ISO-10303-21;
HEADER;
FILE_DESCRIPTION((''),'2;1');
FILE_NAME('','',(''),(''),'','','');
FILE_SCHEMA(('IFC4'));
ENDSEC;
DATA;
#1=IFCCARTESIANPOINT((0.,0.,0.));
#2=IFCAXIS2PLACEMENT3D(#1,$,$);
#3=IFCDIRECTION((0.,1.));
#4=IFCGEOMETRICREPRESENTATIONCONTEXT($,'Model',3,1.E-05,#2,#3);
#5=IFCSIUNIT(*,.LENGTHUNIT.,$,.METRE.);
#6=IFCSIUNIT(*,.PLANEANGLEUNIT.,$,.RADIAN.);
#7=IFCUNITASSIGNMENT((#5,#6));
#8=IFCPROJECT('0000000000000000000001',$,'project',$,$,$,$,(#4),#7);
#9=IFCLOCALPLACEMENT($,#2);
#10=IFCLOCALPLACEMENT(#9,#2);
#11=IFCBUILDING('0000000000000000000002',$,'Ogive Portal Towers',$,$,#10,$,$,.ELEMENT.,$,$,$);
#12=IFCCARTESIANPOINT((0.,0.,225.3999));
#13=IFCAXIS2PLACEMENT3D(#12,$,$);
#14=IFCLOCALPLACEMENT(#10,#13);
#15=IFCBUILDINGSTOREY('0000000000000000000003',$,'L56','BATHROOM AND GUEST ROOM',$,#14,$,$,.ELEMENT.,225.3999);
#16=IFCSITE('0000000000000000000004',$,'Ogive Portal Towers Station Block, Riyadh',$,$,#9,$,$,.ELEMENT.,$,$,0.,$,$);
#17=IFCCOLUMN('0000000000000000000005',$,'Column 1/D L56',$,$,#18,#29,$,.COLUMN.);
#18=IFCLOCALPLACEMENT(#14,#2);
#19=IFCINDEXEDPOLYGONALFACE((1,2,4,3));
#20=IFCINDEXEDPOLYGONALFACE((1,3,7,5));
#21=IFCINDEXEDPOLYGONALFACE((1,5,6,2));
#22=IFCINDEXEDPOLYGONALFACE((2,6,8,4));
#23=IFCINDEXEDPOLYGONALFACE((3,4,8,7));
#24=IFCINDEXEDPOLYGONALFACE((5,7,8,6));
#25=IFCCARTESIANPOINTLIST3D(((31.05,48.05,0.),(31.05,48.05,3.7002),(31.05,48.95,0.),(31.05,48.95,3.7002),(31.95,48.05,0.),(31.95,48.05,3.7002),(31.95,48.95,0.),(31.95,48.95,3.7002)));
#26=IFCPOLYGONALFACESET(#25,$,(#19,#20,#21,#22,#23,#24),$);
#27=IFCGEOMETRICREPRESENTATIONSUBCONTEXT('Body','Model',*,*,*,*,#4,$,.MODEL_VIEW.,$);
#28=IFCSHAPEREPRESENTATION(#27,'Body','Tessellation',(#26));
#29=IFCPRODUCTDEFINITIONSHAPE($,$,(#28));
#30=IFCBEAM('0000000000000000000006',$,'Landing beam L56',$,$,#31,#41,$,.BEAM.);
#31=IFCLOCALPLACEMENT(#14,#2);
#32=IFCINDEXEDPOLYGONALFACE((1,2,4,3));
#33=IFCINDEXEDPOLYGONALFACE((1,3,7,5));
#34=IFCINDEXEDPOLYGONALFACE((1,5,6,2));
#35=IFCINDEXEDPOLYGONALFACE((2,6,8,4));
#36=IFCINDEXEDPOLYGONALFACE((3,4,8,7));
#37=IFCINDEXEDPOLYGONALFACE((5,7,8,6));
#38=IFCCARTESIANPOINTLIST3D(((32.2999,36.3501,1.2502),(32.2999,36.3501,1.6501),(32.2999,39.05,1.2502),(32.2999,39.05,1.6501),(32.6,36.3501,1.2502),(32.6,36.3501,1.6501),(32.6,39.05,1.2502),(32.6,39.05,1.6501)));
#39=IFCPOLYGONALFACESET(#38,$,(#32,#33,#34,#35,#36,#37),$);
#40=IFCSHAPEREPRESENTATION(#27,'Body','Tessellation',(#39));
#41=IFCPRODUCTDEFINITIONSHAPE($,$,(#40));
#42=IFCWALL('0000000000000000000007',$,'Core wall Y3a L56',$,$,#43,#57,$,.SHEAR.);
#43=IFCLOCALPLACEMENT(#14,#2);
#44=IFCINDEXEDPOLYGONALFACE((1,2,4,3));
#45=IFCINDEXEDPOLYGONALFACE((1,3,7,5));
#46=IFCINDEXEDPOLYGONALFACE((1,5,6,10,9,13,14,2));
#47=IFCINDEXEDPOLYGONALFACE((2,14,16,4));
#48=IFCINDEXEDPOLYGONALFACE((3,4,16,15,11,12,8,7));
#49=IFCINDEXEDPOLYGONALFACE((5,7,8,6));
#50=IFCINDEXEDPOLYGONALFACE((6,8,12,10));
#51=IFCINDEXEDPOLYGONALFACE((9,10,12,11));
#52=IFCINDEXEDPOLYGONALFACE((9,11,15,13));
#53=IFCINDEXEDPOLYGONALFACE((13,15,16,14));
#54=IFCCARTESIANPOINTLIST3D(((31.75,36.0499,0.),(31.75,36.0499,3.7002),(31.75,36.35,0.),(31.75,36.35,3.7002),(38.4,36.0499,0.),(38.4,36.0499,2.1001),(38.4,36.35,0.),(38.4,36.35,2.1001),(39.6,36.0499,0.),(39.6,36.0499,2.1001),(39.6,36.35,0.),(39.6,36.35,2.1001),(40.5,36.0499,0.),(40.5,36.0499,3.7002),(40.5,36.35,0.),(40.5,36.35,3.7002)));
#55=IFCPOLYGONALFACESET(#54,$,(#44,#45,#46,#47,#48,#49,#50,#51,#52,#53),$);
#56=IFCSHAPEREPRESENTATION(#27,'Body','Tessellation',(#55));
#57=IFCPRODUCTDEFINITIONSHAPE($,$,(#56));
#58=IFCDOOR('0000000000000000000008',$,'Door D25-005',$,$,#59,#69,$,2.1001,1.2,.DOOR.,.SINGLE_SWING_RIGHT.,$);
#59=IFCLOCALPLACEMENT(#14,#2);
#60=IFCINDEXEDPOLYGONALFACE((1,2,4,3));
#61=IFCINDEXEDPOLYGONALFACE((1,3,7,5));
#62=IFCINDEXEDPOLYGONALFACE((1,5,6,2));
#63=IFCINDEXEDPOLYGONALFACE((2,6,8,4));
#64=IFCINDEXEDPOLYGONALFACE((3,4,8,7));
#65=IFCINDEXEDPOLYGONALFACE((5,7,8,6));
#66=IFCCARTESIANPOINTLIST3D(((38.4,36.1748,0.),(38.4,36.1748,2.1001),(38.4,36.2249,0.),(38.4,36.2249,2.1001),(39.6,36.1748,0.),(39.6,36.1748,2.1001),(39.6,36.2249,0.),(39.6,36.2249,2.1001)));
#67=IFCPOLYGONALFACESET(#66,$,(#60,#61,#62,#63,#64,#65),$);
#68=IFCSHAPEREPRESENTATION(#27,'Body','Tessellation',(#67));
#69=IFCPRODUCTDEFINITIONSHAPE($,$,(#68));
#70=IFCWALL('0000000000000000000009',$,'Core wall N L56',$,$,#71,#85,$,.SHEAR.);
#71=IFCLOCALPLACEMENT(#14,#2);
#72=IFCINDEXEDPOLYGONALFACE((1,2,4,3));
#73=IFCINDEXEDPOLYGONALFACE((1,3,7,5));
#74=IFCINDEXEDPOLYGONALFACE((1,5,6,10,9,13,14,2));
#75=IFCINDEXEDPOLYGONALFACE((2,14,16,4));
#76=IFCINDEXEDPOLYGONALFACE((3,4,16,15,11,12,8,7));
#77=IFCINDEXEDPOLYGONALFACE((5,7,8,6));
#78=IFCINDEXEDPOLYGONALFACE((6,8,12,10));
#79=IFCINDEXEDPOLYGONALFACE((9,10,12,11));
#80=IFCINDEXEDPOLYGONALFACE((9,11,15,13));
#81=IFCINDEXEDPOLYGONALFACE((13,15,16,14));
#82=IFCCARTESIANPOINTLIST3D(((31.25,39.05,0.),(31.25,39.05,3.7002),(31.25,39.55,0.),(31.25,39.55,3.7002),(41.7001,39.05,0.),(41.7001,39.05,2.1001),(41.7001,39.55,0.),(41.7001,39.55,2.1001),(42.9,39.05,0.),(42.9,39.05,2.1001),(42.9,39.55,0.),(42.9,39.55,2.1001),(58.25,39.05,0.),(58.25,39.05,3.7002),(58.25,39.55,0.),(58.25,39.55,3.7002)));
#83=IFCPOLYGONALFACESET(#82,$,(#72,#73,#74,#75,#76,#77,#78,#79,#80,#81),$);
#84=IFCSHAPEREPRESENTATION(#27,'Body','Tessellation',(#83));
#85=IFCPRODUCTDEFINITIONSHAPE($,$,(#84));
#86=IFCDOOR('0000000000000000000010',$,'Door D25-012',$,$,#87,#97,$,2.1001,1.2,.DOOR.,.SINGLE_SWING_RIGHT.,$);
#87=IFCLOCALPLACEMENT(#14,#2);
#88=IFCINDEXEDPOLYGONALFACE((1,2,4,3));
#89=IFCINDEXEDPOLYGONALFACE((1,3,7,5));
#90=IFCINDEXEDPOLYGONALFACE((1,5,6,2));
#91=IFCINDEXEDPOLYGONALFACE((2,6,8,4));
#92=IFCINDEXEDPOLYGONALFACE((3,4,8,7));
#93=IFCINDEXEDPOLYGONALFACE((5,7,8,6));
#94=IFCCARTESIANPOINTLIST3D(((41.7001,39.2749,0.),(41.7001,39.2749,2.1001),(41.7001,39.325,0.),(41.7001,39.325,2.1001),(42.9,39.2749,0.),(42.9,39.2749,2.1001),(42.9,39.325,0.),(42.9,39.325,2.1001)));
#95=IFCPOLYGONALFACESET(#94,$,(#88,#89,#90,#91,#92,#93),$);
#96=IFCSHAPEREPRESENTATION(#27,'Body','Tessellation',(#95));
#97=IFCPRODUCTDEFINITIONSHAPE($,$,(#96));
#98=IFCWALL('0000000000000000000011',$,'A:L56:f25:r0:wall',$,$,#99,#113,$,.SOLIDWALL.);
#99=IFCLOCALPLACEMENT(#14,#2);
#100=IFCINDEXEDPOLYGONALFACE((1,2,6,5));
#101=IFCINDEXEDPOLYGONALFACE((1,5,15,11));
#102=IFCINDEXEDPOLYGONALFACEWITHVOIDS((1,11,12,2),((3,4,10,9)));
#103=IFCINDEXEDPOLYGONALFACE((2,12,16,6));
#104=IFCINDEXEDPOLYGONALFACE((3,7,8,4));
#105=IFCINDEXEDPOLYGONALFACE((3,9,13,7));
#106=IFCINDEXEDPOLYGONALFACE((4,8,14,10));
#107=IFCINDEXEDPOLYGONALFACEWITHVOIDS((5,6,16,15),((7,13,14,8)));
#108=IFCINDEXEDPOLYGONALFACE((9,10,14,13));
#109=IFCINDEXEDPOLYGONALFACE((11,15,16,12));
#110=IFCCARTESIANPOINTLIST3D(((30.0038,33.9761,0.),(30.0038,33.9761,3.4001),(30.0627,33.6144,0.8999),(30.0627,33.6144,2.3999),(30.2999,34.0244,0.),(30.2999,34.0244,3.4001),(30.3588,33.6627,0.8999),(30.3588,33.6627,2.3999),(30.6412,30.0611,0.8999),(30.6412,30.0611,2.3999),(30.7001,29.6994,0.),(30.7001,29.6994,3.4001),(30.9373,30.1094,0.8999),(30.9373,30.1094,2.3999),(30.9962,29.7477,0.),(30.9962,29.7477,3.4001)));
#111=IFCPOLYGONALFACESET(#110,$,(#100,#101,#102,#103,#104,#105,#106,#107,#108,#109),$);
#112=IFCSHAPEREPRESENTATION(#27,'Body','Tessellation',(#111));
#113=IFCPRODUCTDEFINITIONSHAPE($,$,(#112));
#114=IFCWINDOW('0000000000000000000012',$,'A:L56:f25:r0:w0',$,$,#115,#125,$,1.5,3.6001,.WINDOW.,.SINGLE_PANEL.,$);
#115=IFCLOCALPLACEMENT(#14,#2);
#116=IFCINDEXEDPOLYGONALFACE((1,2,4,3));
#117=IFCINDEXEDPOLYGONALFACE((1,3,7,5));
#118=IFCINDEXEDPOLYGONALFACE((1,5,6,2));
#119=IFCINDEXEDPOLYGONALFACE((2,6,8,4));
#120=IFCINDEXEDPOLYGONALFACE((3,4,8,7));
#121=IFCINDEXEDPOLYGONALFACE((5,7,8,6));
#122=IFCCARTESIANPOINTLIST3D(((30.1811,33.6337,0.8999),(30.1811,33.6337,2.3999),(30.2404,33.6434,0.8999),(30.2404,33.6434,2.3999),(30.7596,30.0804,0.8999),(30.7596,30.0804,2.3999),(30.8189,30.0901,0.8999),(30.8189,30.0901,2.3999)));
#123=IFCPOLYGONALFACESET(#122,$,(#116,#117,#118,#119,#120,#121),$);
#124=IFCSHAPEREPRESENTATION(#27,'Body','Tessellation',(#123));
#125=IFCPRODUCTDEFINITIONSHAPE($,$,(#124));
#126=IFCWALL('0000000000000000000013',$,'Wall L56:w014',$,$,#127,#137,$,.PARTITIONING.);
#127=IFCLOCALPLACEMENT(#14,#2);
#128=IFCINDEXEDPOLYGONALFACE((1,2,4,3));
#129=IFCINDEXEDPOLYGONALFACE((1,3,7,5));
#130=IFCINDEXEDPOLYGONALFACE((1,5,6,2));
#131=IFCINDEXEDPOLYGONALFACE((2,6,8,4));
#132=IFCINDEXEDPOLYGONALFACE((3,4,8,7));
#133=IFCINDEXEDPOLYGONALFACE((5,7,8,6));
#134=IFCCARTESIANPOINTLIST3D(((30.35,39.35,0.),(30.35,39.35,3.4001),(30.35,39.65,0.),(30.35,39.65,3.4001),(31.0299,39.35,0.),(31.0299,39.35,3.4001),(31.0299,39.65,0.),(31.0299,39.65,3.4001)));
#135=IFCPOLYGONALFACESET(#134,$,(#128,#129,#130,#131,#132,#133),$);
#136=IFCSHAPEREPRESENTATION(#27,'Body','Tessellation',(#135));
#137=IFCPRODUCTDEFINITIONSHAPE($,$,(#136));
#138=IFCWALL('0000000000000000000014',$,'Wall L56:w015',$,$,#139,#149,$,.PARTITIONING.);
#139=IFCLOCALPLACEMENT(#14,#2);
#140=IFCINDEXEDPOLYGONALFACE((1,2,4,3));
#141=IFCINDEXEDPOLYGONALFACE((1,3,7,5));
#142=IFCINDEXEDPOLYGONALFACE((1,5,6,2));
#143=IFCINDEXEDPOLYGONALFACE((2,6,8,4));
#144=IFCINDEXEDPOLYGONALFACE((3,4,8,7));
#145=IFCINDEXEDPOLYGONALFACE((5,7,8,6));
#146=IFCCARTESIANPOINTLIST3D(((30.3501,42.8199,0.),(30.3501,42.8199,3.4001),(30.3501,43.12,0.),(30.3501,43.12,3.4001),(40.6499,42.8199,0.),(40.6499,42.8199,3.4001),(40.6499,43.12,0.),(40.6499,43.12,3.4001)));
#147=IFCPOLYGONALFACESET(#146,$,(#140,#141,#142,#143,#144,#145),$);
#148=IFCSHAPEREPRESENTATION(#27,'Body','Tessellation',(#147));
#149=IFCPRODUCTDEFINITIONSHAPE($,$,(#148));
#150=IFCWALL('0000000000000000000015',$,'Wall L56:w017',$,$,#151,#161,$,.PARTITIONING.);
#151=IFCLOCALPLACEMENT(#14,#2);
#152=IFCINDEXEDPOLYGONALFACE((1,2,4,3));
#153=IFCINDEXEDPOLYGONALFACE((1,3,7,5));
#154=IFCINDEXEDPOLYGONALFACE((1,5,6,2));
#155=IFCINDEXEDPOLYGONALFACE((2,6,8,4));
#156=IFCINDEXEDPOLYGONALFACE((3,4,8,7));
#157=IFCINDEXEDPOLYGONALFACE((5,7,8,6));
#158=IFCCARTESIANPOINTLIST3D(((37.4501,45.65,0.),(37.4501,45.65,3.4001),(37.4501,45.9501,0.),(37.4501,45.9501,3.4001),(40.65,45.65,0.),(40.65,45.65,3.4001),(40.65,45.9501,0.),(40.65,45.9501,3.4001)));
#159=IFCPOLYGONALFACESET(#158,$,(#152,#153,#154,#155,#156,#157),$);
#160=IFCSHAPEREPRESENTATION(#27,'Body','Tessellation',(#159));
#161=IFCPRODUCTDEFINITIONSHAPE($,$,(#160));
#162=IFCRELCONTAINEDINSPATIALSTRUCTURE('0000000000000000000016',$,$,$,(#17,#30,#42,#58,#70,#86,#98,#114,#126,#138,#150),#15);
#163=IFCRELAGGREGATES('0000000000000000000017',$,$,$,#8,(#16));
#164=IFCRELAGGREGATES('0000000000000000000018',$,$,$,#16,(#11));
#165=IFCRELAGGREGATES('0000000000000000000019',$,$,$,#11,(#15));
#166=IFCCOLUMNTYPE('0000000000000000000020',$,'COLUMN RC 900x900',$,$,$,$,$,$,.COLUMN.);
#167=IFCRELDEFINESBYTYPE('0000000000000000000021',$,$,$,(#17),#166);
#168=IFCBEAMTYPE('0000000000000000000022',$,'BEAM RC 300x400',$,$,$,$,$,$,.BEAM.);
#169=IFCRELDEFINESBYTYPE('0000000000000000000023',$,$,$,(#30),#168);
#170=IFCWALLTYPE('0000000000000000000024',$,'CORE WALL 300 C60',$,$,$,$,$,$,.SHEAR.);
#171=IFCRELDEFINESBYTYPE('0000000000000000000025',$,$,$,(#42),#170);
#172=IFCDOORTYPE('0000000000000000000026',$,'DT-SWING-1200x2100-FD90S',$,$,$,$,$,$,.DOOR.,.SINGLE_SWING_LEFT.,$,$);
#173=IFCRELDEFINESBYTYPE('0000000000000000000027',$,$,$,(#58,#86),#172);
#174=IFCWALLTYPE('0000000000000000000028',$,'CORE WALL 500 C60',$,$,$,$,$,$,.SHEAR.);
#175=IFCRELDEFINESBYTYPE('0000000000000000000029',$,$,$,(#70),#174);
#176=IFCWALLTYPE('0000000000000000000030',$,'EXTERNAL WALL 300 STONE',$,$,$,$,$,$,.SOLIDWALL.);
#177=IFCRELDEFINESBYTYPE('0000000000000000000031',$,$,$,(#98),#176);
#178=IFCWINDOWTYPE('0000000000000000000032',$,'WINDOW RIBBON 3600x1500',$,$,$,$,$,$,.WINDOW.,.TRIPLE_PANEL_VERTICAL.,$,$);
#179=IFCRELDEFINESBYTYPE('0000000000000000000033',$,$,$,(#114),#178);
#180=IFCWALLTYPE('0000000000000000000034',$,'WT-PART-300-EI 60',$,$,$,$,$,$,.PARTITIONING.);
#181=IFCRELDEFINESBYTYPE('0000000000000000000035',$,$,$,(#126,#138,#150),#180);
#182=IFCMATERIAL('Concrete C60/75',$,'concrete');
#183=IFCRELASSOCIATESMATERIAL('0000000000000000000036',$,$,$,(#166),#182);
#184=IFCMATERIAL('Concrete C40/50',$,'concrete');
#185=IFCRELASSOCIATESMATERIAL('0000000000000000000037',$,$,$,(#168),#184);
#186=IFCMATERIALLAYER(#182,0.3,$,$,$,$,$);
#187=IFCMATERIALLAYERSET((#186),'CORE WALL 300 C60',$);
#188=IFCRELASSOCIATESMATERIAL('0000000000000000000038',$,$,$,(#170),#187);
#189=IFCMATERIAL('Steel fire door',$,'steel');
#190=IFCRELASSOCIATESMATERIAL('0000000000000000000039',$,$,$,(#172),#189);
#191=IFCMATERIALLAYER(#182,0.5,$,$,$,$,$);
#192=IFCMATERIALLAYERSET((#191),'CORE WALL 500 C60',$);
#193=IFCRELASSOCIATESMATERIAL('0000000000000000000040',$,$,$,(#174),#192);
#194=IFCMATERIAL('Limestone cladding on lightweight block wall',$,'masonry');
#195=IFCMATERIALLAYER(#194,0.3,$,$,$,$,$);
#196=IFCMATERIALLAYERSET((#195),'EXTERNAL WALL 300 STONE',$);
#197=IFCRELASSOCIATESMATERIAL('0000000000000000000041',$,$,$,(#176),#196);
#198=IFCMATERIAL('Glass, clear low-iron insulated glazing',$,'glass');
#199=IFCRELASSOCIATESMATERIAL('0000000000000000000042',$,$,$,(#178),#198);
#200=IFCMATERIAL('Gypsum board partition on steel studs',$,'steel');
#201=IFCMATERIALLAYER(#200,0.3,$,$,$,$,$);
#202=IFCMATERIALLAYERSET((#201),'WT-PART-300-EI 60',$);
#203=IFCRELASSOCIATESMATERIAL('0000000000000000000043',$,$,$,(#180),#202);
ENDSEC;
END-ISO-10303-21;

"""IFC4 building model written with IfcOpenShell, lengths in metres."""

from ifc_helpers import new_model, si_unit, direction, frame, frame_2d, origin, origin_2d, place, context, subcontext, project, spatial, rectangle, extrude, material, layer, layer_set, material_profile, profile_set, type_object, element, fill, save


model = new_model("IFC4")

# Units and contexts
model_context = context("Model", 3, precision=1e-05, world=origin(), true_north=direction((0.0, 1.0)))
body_context = subcontext(model_context, "Body", "Model", "MODEL_VIEW")
ifc_project = project(units=[si_unit("LENGTHUNIT", "METRE"), si_unit("PLANEANGLEUNIT", "RADIAN")], contexts=[model_context])

# Site, building, storey
site_placement = place(None, origin())
site = spatial("IfcSite", under=ifc_project, at=site_placement, Name="Ogive Portal Towers Station Block, Riyadh", CompositionType="ELEMENT", RefElevation=0.0)
building_placement = place(site_placement, origin())
building = spatial("IfcBuilding", under=site, at=building_placement, Name="Ogive Portal Towers", CompositionType="ELEMENT")
storey_placement = place(building_placement, frame((0.0, 0.0, 225.3999)))
storey = spatial("IfcBuildingStorey", under=building, at=storey_placement, Name="L56", Description="BATHROOM AND GUEST ROOM", CompositionType="ELEMENT", Elevation=225.3999)

# Column
ifc_material_1 = material(Name="Concrete C60/75", Category="concrete")
ifc_material_profile_1 = material_profile(ifc_material_1, rectangle(XDim=0.8999, YDim=0.8999, at=origin_2d()), Name="RC 900x900")
ifc_profile_set_1 = profile_set([ifc_material_profile_1], Name="Concrete C60/75")
column_type = type_object("IfcColumnType", Name="COLUMN RC 900x900", PredefinedType="COLUMN", material=ifc_profile_set_1)
column_placement = place(storey_placement, frame((31.5, 48.5, 0.0), z_axis=(0.0, 0.0, 1.0), x_axis=(1.0, 0.0, 0.0)))
element("IfcColumn", 1, at=column_placement, inside=storey, type_object=column_type, Name="Column 1/D L56", PredefinedType="COLUMN", context=body_context, shape_type="SweptSolid", body=[
    extrude(rectangle(XDim=0.8999, YDim=0.8999, at=origin_2d()), origin(), (0.0, 0.0, 1.0), 3.7002),
])

# Beam
ifc_material_2 = material(Name="Concrete C40/50", Category="concrete")
ifc_material_profile_2 = material_profile(ifc_material_2, rectangle(XDim=0.3, YDim=0.3999, at=origin_2d()), Name="RC 300x400")
ifc_profile_set_2 = profile_set([ifc_material_profile_2], Name="Concrete C40/50")
beam_type = type_object("IfcBeamType", Name="BEAM RC 300x400", PredefinedType="BEAM", material=ifc_profile_set_2)
beam_placement = place(storey_placement, frame((32.45, 36.3501, 1.4502), z_axis=(0.0, 1.0, 0.0), x_axis=(-1.0, 0.0, 0.0)))
element("IfcBeam", 2, at=beam_placement, inside=storey, type_object=beam_type, Name="Landing beam L56", PredefinedType="BEAM", context=body_context, shape_type="SweptSolid", body=[
    extrude(rectangle(XDim=0.3, YDim=0.3999, at=origin_2d()), origin(), (0.0, 0.0, 1.0), 2.7),
])

# Walls, openings, doors
ifc_layer_1 = layer(ifc_material_1, 0.3)
ifc_layer_set_1 = layer_set([ifc_layer_1], Name="CORE WALL 300 C60")
wall_type_1 = type_object("IfcWallType", Name="CORE WALL 300 C60", PredefinedType="SHEAR", material=ifc_layer_set_1)
wall_1_placement = place(storey_placement, frame((31.75, 36.2, 0.0), z_axis=(0.0, 0.0, 1.0), x_axis=(1.0, 0.0, 0.0)))
wall_1 = element("IfcWall", 3, at=wall_1_placement, inside=storey, type_object=wall_type_1, Name="Core wall Y3a L56", PredefinedType="SHEAR", context=body_context, shape_type="SweptSolid", body=[
    extrude(rectangle(XDim=8.75, YDim=0.3, at=frame_2d((4.375, 0.0))), origin(), (0.0, 0.0, 1.0), 3.7002),
])
opening_1_placement = place(wall_1_placement, frame((6.6499, 0.0, 0.0)))
opening_1 = element("IfcOpeningElement", 4, at=opening_1_placement, cuts=wall_1, PredefinedType="OPENING", context=body_context, shape_type="SweptSolid", body=[
    extrude(rectangle(XDim=1.2, YDim=2.1001, at=frame_2d((0.6001, 1.05))), frame((0.0, 0.1602, 0.0), z_axis=(0.0, -1.0, 0.0), x_axis=(1.0, 0.0, 0.0)), (0.0, 0.0, 1.0), 0.3201),
])
ifc_material_3 = material(Name="Steel fire door", Category="steel")
door_type = type_object("IfcDoorType", Name="DT-SWING-1200x2100-FD90S", OperationType="SINGLE_SWING_LEFT", PredefinedType="DOOR", material=ifc_material_3)
door_1_placement = place(opening_1_placement, origin())
door_1 = element("IfcDoor", 5, at=door_1_placement, inside=storey, type_object=door_type, Name="Door D25-005", OperationType="SINGLE_SWING_RIGHT", OverallHeight=2.1001, OverallWidth=1.2, PredefinedType="DOOR", context=body_context, shape_type="SweptSolid", body=[
    extrude(rectangle(XDim=1.2, YDim=2.1001, at=frame_2d((0.6001, 1.05))), frame((0.0, 0.0249, 0.0), z_axis=(0.0, -1.0, 0.0), x_axis=(1.0, 0.0, 0.0)), (0.0, 0.0, 1.0), 0.05),
])
fill(opening_1, door_1)
ifc_layer_2 = layer(ifc_material_1, 0.5)
ifc_layer_set_2 = layer_set([ifc_layer_2], Name="CORE WALL 500 C60")
wall_type_2 = type_object("IfcWallType", Name="CORE WALL 500 C60", PredefinedType="SHEAR", material=ifc_layer_set_2)
wall_2_placement = place(storey_placement, frame((31.25, 39.3, 0.0), z_axis=(0.0, 0.0, 1.0), x_axis=(1.0, 0.0, 0.0)))
wall_2 = element("IfcWall", 6, at=wall_2_placement, inside=storey, type_object=wall_type_2, Name="Core wall N L56", PredefinedType="SHEAR", context=body_context, shape_type="SweptSolid", body=[
    extrude(rectangle(XDim=27.0, YDim=0.5, at=frame_2d((13.5, 0.0))), origin(), (0.0, 0.0, 1.0), 3.7002),
])
opening_2_placement = place(wall_2_placement, frame((10.45, 0.0, 0.0)))
opening_2 = element("IfcOpeningElement", 7, at=opening_2_placement, cuts=wall_2, PredefinedType="OPENING", context=body_context, shape_type="SweptSolid", body=[
    extrude(rectangle(XDim=1.2, YDim=2.1001, at=frame_2d((0.6001, 1.05))), frame((0.0, 0.26, 0.0), z_axis=(0.0, -1.0, 0.0), x_axis=(1.0, 0.0, 0.0)), (0.0, 0.0, 1.0), 0.52),
])
door_2_placement = place(opening_2_placement, origin())
door_2 = element("IfcDoor", 8, at=door_2_placement, inside=storey, type_object=door_type, Name="Door D25-012", OperationType="SINGLE_SWING_RIGHT", OverallHeight=2.1001, OverallWidth=1.2, PredefinedType="DOOR", context=body_context, shape_type="SweptSolid", body=[
    extrude(rectangle(XDim=1.2, YDim=2.1001, at=frame_2d((0.6001, 1.05))), frame((0.0, 0.0249, 0.0), z_axis=(0.0, -1.0, 0.0), x_axis=(1.0, 0.0, 0.0)), (0.0, 0.0, 1.0), 0.05),
])
fill(opening_2, door_2)

# Wall, opening, window
ifc_material_4 = material(Name="Limestone cladding on lightweight block wall", Category="masonry")
ifc_layer_3 = layer(ifc_material_4, 0.3)
ifc_layer_set_3 = layer_set([ifc_layer_3], Name="EXTERNAL WALL 300 STONE")
wall_type_3 = type_object("IfcWallType", Name="EXTERNAL WALL 300 STONE", PredefinedType="SOLIDWALL", material=ifc_layer_set_3)
wall_3_placement = place(storey_placement, frame((30.1519, 34.0002, 0.0), z_axis=(0.0, 0.0, 1.0), x_axis=(0.160697, -0.987004, 0.0)))
wall_3 = element("IfcWall", 9, at=wall_3_placement, inside=storey, type_object=wall_type_3, Name="A:L56:f25:r0:wall", PredefinedType="SOLIDWALL", context=body_context, shape_type="SweptSolid", body=[
    extrude(rectangle(XDim=4.333, YDim=0.3, at=frame_2d((2.1665, 0.0))), origin(), (0.0, 0.0, 1.0), 3.4001),
])
opening_3_placement = place(wall_3_placement, frame((0.3665, 0.0, 0.8999)))
opening_3 = element("IfcOpeningElement", 10, at=opening_3_placement, cuts=wall_3, PredefinedType="OPENING", context=body_context, shape_type="SweptSolid", body=[
    extrude(rectangle(XDim=3.6001, YDim=1.5, at=frame_2d((1.8, 0.75))), frame((0.0, 0.1602, 0.0), z_axis=(0.0, -1.0, 0.0), x_axis=(1.0, 0.0, 0.0)), (0.0, 0.0, 1.0), 0.3201),
])
ifc_material_5 = material(Name="Glass, clear low-iron insulated glazing", Category="glass")
window_type = type_object("IfcWindowType", Name="WINDOW RIBBON 3600x1500", PartitioningType="TRIPLE_PANEL_VERTICAL", PredefinedType="WINDOW", material=ifc_material_5)
window_placement = place(opening_3_placement, origin())
window = element("IfcWindow", 11, at=window_placement, inside=storey, type_object=window_type, Name="A:L56:f25:r0:w0", OverallHeight=1.5, OverallWidth=3.6001, PartitioningType="SINGLE_PANEL", PredefinedType="WINDOW", context=body_context, shape_type="SweptSolid", body=[
    extrude(rectangle(XDim=3.6001, YDim=1.5, at=frame_2d((1.8, 0.75))), frame((0.0, 0.03, 0.0), z_axis=(0.0, -1.0, 0.0), x_axis=(1.0, 0.0, 0.0)), (0.0, 0.0, 1.0), 0.0601),
])
fill(opening_3, window)

# Walls
ifc_material_6 = material(Name="Gypsum board partition on steel studs", Category="steel")
ifc_layer_4 = layer(ifc_material_6, 0.3)
ifc_layer_set_4 = layer_set([ifc_layer_4], Name="WT-PART-300-EI 60")
wall_type_4 = type_object("IfcWallType", Name="WT-PART-300-EI 60", PredefinedType="PARTITIONING", material=ifc_layer_set_4)
wall_4_placement = place(storey_placement, frame((30.3501, 39.5, 0.0), z_axis=(0.0, 0.0, 1.0), x_axis=(1.0, 0.0, 0.0)))
element("IfcWall", 12, at=wall_4_placement, inside=storey, type_object=wall_type_4, Name="Wall L56:w014", PredefinedType="PARTITIONING", context=body_context, shape_type="SweptSolid", body=[
    extrude(rectangle(XDim=0.6799, YDim=0.3, at=frame_2d((0.3398, 0.0))), origin(), (0.0, 0.0, 1.0), 3.4001),
])
wall_5_placement = place(storey_placement, frame((30.3501, 42.97, 0.0), z_axis=(0.0, 0.0, 1.0), x_axis=(1.0, 0.0, 0.0)))
element("IfcWall", 13, at=wall_5_placement, inside=storey, type_object=wall_type_4, Name="Wall L56:w015", PredefinedType="PARTITIONING", context=body_context, shape_type="SweptSolid", body=[
    extrude(rectangle(XDim=10.2998, YDim=0.3, at=frame_2d((5.1499, 0.0))), origin(), (0.0, 0.0, 1.0), 3.4001),
])
wall_6_placement = place(storey_placement, frame((37.45, 45.8, 0.0), z_axis=(0.0, 0.0, 1.0), x_axis=(1.0, 0.0, 0.0)))
element("IfcWall", 14, at=wall_6_placement, inside=storey, type_object=wall_type_4, Name="Wall L56:w017", PredefinedType="PARTITIONING", context=body_context, shape_type="SweptSolid", body=[
    extrude(rectangle(XDim=3.2, YDim=0.3, at=frame_2d((1.6001, 0.0))), origin(), (0.0, 0.0, 1.0), 3.4001),
])

save(model, "model.ifc")
